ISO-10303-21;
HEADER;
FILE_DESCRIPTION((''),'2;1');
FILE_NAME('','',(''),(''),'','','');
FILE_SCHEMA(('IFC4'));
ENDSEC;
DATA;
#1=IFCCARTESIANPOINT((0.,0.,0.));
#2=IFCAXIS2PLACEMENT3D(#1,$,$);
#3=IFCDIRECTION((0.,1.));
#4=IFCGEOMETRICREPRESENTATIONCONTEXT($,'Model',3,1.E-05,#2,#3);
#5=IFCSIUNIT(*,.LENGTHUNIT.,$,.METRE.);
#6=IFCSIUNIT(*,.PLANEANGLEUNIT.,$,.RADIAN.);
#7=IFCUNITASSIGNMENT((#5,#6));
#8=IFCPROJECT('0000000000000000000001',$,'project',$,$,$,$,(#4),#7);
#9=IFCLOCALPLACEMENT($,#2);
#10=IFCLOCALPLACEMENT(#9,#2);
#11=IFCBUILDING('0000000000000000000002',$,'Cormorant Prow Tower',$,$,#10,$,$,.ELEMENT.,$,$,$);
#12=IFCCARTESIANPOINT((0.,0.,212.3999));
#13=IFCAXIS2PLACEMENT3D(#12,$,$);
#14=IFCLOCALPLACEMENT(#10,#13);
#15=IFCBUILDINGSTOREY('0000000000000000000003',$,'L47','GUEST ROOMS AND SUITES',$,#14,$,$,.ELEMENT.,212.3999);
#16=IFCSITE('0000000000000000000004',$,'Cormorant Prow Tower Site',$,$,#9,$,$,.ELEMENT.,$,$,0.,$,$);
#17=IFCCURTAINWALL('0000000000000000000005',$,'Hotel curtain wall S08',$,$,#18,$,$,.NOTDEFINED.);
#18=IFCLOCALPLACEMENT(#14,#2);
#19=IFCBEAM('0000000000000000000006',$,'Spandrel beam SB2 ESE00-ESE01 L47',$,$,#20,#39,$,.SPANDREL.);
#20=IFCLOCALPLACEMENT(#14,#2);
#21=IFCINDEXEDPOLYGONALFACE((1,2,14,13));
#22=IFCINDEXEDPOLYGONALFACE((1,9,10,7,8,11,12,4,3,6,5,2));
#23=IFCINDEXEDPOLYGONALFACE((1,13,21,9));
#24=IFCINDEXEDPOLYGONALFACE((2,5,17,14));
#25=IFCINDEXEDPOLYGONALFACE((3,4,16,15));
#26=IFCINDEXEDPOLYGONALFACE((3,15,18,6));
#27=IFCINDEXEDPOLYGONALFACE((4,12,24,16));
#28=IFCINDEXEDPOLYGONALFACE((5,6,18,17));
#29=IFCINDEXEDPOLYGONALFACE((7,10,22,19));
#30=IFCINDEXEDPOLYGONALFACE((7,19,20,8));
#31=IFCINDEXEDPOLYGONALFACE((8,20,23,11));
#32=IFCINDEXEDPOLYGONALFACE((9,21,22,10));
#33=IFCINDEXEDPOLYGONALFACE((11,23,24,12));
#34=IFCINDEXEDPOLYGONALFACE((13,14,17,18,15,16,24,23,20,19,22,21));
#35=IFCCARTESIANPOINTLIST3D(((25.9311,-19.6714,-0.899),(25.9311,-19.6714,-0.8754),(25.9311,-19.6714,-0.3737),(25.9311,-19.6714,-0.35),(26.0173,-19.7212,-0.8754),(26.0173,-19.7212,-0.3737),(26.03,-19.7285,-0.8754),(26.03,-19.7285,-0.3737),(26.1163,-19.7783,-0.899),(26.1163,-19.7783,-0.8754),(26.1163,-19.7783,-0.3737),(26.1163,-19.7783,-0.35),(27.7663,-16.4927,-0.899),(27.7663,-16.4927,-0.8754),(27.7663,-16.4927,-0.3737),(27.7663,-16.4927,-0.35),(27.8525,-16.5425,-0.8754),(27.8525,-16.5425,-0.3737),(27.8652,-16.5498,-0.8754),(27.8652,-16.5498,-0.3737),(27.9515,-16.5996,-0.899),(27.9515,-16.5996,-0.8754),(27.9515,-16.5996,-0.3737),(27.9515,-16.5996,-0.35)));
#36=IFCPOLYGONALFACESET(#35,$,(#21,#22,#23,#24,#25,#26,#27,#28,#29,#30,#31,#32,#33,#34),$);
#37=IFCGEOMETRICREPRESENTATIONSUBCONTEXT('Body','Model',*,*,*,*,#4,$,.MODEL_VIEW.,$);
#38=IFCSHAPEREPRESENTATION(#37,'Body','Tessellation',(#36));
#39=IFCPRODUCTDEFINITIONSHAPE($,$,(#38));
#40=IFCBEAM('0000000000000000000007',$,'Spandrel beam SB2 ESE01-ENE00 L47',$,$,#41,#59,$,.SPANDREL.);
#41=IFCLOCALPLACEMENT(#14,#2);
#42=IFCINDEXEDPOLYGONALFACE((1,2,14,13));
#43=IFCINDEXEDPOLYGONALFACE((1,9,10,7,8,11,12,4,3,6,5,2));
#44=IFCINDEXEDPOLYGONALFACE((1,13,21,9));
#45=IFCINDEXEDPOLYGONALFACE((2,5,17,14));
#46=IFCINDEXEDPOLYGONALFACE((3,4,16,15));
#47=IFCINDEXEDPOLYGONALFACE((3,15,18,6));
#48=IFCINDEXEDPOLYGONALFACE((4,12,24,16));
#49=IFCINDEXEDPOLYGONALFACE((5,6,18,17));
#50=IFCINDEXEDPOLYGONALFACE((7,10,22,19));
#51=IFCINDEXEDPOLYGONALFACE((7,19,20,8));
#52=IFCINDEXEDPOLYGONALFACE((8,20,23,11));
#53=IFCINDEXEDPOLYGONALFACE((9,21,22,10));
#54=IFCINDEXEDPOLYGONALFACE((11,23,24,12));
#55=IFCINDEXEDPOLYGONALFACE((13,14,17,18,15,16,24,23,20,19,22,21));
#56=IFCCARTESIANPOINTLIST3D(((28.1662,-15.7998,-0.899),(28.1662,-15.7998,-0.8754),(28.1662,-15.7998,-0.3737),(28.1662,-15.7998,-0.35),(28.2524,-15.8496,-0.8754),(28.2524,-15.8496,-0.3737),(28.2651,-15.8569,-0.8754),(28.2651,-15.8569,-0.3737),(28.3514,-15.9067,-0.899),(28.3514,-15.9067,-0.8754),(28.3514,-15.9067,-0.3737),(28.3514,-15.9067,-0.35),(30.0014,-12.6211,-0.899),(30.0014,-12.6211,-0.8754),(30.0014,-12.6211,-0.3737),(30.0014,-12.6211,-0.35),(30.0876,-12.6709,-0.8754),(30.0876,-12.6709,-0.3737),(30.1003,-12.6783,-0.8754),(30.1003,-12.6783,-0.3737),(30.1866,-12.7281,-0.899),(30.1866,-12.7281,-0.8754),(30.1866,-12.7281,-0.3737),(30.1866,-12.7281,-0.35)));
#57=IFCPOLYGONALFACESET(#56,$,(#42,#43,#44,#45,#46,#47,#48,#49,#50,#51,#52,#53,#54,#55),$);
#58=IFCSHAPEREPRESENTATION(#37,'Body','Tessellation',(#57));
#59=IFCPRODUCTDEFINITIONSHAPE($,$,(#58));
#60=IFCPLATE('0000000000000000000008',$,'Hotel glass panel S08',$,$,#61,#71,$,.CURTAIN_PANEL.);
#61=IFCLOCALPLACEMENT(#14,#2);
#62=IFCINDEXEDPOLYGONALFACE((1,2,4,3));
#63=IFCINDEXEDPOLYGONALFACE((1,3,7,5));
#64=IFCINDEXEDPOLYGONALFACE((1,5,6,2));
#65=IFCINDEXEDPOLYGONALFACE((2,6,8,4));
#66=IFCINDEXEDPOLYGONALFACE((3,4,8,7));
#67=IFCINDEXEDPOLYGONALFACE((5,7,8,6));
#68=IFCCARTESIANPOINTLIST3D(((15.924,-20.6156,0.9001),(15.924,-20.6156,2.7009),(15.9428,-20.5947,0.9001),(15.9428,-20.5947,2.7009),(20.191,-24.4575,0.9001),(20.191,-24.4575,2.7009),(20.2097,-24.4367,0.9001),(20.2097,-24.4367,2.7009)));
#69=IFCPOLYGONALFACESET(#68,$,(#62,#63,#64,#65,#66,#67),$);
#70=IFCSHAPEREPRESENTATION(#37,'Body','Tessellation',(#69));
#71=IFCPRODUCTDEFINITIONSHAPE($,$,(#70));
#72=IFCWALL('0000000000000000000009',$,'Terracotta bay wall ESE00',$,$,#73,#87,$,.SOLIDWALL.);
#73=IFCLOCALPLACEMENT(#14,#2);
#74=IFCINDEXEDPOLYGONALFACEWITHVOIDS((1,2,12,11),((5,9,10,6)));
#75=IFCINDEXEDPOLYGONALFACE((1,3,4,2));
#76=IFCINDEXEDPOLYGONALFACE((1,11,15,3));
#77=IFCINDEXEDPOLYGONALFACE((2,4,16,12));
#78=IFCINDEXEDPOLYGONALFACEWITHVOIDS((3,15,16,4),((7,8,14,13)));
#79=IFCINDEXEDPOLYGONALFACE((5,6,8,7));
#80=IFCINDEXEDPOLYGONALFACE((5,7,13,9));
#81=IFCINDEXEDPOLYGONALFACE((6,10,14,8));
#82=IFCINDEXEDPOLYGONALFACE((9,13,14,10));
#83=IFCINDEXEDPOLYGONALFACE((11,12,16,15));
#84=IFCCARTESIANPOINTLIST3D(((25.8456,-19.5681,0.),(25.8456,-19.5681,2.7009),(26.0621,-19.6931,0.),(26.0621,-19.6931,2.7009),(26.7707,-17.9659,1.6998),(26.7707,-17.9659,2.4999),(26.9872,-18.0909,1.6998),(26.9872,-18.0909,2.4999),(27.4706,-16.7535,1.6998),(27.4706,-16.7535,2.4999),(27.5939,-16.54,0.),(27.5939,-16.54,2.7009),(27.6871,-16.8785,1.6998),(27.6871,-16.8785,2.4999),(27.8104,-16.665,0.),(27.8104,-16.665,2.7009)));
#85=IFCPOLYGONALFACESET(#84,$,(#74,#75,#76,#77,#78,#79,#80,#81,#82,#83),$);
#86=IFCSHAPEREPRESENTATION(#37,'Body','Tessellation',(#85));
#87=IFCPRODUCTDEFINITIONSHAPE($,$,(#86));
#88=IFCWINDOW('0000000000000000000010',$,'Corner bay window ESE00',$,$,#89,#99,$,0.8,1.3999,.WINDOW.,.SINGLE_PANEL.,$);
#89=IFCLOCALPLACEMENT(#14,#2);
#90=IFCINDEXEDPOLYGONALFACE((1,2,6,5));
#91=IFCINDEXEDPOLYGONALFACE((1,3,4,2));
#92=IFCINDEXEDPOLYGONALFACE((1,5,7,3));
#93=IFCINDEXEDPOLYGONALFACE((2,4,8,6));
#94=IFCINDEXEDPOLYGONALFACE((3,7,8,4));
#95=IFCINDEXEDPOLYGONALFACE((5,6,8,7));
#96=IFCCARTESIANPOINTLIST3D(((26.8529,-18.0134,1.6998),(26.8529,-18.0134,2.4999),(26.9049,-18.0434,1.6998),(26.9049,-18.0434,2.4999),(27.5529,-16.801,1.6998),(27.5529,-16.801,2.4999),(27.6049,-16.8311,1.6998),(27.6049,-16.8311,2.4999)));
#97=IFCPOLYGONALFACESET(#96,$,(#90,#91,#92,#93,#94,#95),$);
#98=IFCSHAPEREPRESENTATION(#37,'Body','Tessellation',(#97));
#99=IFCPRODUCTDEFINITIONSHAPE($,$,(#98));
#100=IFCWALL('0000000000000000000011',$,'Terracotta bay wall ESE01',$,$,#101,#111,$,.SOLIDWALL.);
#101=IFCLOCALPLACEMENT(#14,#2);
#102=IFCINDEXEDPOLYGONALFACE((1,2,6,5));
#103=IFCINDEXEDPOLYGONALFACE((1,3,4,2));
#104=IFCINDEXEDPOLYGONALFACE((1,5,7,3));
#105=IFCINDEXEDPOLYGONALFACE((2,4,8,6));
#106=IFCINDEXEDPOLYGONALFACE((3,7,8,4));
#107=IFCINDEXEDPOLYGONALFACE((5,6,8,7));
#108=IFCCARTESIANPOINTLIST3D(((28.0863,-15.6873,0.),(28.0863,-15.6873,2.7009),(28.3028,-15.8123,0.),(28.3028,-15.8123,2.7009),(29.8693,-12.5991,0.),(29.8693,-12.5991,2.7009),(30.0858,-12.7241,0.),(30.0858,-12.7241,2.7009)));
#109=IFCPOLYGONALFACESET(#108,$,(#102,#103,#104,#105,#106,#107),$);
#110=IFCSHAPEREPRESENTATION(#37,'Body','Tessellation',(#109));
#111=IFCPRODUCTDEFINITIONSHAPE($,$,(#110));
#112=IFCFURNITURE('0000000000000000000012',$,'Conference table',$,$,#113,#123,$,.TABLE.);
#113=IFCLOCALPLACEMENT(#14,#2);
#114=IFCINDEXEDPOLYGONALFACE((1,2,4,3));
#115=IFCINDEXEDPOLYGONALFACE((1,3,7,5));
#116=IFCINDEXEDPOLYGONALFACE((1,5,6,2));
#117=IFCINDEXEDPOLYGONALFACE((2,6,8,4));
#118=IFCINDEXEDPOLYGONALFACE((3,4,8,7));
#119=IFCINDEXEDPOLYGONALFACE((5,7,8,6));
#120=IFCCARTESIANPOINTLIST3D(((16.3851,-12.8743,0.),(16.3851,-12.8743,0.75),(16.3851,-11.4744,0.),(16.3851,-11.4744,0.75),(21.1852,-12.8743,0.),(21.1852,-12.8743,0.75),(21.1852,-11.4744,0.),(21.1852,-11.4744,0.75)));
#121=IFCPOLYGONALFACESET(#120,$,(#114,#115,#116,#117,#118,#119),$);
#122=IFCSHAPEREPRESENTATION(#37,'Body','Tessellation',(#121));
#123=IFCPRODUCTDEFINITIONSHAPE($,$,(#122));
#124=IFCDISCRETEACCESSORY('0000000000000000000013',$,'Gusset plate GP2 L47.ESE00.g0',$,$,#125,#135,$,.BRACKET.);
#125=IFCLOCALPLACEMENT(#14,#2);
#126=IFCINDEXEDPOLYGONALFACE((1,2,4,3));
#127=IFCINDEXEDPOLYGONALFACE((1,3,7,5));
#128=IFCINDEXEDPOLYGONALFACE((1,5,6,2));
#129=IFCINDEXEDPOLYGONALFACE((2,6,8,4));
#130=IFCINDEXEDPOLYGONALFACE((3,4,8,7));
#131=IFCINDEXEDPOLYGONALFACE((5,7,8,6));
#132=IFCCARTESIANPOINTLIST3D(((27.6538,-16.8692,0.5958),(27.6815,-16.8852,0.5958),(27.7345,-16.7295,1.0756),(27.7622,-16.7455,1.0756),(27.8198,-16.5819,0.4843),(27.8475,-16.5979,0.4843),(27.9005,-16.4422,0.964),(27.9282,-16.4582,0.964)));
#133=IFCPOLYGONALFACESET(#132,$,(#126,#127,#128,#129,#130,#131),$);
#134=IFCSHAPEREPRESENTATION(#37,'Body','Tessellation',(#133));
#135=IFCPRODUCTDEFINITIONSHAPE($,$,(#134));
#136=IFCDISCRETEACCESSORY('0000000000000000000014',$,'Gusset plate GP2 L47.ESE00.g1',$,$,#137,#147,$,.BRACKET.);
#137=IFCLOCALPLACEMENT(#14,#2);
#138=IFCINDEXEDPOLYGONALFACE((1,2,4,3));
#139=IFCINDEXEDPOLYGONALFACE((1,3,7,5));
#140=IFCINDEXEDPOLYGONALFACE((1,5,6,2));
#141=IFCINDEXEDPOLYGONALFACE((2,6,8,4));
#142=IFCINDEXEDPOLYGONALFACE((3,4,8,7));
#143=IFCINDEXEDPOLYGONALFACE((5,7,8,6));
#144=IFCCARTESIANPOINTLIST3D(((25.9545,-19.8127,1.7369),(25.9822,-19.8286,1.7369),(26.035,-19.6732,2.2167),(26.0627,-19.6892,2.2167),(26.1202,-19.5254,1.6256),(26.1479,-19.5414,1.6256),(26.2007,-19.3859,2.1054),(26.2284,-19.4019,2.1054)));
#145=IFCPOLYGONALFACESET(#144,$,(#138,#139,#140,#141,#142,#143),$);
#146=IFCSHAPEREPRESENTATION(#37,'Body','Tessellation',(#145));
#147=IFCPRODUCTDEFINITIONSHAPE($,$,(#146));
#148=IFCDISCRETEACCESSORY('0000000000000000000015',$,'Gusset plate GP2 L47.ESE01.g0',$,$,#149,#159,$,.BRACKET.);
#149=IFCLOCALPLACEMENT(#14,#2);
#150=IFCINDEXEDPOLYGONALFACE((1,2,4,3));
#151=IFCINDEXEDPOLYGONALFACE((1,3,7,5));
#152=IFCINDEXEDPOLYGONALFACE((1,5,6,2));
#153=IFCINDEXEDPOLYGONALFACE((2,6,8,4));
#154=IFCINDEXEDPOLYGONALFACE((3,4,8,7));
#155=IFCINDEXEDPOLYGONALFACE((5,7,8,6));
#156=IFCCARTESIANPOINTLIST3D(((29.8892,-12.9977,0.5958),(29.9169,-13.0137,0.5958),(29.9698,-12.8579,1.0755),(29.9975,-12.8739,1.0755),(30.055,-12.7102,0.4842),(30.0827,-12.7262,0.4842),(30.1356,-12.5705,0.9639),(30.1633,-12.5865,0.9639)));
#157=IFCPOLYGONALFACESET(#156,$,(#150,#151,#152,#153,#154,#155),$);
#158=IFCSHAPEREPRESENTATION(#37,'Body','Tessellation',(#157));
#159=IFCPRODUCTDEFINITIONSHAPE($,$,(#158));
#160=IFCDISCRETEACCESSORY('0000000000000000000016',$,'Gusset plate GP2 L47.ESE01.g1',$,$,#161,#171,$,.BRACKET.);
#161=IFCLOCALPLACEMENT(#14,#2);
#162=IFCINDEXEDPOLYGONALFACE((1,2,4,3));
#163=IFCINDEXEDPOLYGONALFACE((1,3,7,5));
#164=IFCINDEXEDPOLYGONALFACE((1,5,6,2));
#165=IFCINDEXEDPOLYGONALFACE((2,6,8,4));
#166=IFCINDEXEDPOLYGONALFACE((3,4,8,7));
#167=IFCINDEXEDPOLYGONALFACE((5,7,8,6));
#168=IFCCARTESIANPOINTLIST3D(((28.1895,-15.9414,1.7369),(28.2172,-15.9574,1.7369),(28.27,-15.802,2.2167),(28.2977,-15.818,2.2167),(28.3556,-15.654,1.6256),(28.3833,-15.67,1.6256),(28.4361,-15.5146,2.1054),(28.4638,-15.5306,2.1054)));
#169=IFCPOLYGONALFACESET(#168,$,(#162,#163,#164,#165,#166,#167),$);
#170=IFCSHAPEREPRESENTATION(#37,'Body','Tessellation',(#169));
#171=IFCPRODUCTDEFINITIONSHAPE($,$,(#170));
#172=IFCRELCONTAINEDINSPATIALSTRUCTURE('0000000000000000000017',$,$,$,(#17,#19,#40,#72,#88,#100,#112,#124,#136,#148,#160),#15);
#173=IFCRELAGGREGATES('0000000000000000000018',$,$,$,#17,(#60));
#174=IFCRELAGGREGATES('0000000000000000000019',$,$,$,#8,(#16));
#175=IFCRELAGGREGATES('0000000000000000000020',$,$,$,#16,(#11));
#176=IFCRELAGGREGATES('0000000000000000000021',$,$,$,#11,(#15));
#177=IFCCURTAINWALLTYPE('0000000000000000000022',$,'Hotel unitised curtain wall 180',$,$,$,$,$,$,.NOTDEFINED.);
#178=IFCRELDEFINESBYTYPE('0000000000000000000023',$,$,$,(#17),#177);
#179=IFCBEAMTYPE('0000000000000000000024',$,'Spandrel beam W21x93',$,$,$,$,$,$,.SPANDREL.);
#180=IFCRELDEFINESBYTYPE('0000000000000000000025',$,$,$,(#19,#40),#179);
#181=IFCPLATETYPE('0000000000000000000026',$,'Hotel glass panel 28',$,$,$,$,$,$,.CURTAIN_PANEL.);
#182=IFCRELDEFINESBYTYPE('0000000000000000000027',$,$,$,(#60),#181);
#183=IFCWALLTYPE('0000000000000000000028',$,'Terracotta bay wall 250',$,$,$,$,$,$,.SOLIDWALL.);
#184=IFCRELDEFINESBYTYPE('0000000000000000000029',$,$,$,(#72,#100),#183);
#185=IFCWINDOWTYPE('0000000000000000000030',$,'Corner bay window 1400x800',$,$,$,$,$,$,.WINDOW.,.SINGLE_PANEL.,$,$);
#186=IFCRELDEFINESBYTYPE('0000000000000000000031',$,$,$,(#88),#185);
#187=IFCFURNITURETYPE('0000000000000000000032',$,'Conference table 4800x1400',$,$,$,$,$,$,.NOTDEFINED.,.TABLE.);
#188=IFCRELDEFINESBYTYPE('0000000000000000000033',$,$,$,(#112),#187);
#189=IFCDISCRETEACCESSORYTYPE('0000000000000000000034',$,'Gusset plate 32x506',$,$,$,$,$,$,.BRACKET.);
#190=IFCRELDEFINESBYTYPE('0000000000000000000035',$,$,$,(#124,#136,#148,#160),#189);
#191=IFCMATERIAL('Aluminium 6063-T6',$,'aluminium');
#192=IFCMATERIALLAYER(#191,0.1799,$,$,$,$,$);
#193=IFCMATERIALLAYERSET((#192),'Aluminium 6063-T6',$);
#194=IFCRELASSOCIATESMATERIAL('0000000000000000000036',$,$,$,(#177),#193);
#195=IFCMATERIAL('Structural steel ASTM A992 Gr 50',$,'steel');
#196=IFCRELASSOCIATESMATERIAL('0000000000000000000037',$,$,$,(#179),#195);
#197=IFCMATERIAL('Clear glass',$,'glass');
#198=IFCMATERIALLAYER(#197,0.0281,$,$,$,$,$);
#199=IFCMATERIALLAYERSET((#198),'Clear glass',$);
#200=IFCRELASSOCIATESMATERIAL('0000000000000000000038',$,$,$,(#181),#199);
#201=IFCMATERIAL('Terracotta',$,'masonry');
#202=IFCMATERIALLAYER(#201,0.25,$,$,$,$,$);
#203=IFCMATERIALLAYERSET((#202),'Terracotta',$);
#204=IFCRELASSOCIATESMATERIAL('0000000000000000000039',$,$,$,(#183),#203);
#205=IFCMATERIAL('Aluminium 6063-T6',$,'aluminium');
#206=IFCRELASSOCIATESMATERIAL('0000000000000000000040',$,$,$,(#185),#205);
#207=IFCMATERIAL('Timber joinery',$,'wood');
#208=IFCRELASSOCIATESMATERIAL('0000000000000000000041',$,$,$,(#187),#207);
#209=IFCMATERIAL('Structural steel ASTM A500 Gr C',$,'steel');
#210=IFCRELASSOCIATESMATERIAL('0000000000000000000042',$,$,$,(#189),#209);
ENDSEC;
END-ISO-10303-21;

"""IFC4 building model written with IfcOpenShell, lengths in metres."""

from ifc_helpers import new_model, si_unit, direction, frame, frame_2d, origin, origin_2d, place, context, subcontext, project, spatial, rectangle, i_section, extrude, material, layer, layer_set, material_profile, profile_set, type_object, element, fill, aggregate, save


model = new_model("IFC4")

# Units and contexts
model_context = context("Model", 3, precision=1e-05, world=origin(), true_north=direction((0.0, 1.0)))
body_context = subcontext(model_context, "Body", "Model", "MODEL_VIEW")
ifc_project = project(units=[si_unit("LENGTHUNIT", "METRE"), si_unit("PLANEANGLEUNIT", "RADIAN")], contexts=[model_context])

# Site, building, storey
site_placement = place(None, origin())
site = spatial("IfcSite", under=ifc_project, at=site_placement, Name="Cormorant Prow Tower Site", CompositionType="ELEMENT", RefElevation=0.0)
building_placement = place(site_placement, origin())
building = spatial("IfcBuilding", under=site, at=building_placement, Name="Cormorant Prow Tower", CompositionType="ELEMENT")
storey_placement = place(building_placement, frame((0.0, 0.0, 212.3999)))
storey = spatial("IfcBuildingStorey", under=building, at=storey_placement, Name="L47", Description="GUEST ROOMS AND SUITES", CompositionType="ELEMENT", Elevation=212.3999)

# Curtain wall
ifc_material_1 = material(Name="Aluminium 6063-T6", Category="aluminium")
ifc_layer_1 = layer(ifc_material_1, 0.1799)
ifc_layer_set_1 = layer_set([ifc_layer_1], Name="Aluminium 6063-T6")
curtain_wall_type = type_object("IfcCurtainWallType", Name="Hotel unitised curtain wall 180", PredefinedType="NOTDEFINED", material=ifc_layer_set_1)
curtain_wall_placement = place(storey_placement, origin())
curtain_wall = element("IfcCurtainWall", 1, at=curtain_wall_placement, inside=storey, type_object=curtain_wall_type, Name="Hotel curtain wall S08", PredefinedType="NOTDEFINED")

# Beams
ifc_material_2 = material(Name="Structural steel ASTM A992 Gr 50", Category="steel")
ifc_material_profile_1 = material_profile(ifc_material_2, i_section(OverallWidth=0.2139, OverallDepth=0.5491, WebThickness=0.0146, FlangeThickness=0.0237, at=origin_2d()), Name="W21x93")
ifc_profile_set_1 = profile_set([ifc_material_profile_1], Name="Structural steel ASTM A992 Gr 50")
beam_type = type_object("IfcBeamType", Name="Spandrel beam W21x93", PredefinedType="SPANDREL", material=ifc_profile_set_1)
for number, where, z_axis, x_axis, name in (
    (2, (26.0237, -19.7249, -0.6245), (0.499995, 0.866028, 0.0), (-0.866028, 0.499995, 0.0), "Spandrel beam SB2 ESE00-ESE01 L47"),
    (3, (28.2588, -15.8533, -0.6245), (0.499995, 0.866028, 0.0), (-0.866028, 0.499995, 0.0), "Spandrel beam SB2 ESE01-ENE00 L47"),
):
    element("IfcBeam", number, at=place(storey_placement, frame(where, z_axis=z_axis, x_axis=x_axis)), inside=storey, type_object=beam_type, Name=name, PredefinedType="SPANDREL", context=body_context, shape_type="SweptSolid", body=[
        extrude(i_section(OverallWidth=0.2139, OverallDepth=0.5491, WebThickness=0.0146, FlangeThickness=0.0237, at=origin_2d()), origin(), (0.0, 0.0, 1.0), 3.6704),
    ])

# Plate
ifc_material_3 = material(Name="Clear glass", Category="glass")
ifc_layer_2 = layer(ifc_material_3, 0.0281)
ifc_layer_set_2 = layer_set([ifc_layer_2], Name="Clear glass")
plate_type = type_object("IfcPlateType", Name="Hotel glass panel 28", PredefinedType="CURTAIN_PANEL", material=ifc_layer_set_2)
plate_placement = place(storey_placement, frame((18.0669, -22.5261, 0.9001), z_axis=(0.0, 0.0, 1.0), x_axis=(0.743145, -0.669131, 0.0)))
plate = element("IfcPlate", 4, at=plate_placement, type_object=plate_type, Name="Hotel glass panel S08", PredefinedType="CURTAIN_PANEL", context=body_context, shape_type="SweptSolid", body=[
    extrude(rectangle(XDim=5.7417, YDim=0.0281, at=origin_2d()), origin(), (0.0, 0.0, 1.0), 1.8008),
])
aggregate(curtain_wall, [plate])

# Wall, opening, window
ifc_material_4 = material(Name="Terracotta", Category="masonry")
ifc_layer_3 = layer(ifc_material_4, 0.25)
ifc_layer_set_3 = layer_set([ifc_layer_3], Name="Terracotta")
wall_type_1 = type_object("IfcWallType", Name="Terracotta bay wall 250", PredefinedType="SOLIDWALL", material=ifc_layer_set_3)
wall_1_placement = place(storey_placement, frame((25.9539, -19.6306, 0.0), z_axis=(0.0, 0.0, 1.0), x_axis=(0.500007, 0.866022, 0.0)))
wall_1 = element("IfcWall", 5, at=wall_1_placement, inside=storey, type_object=wall_type_1, Name="Terracotta bay wall ESE00", PredefinedType="SOLIDWALL", context=body_context, shape_type="SweptSolid", body=[
    extrude(rectangle(XDim=3.4966, YDim=0.25, at=frame_2d((1.7483, 0.0))), origin(), (0.0, 0.0, 1.0), 2.7009),
])
opening_1_placement = place(wall_1_placement, frame((1.8501, 0.0, 1.7)))
opening_1 = element("IfcOpeningElement", 6, at=opening_1_placement, cuts=wall_1, PredefinedType="OPENING", context=body_context, shape_type="SweptSolid", body=[
    extrude(rectangle(XDim=1.3999, YDim=0.8, at=frame_2d((0.7, 0.3999))), frame((0.0, 0.135, 0.0), z_axis=(0.0, -1.0, 0.0), x_axis=(1.0, 0.0, 0.0)), (0.0, 0.0, 1.0), 0.27),
])
ifc_material_5 = material(Name="Aluminium 6063-T6", Category="aluminium")
window_type = type_object("IfcWindowType", Name="Corner bay window 1400x800", PartitioningType="SINGLE_PANEL", PredefinedType="WINDOW", material=ifc_material_5)
window_placement = place(opening_1_placement, origin())
window = element("IfcWindow", 7, at=window_placement, inside=storey, type_object=window_type, Name="Corner bay window ESE00", OverallHeight=0.8, OverallWidth=1.3999, PartitioningType="SINGLE_PANEL", PredefinedType="WINDOW", context=body_context, shape_type="SweptSolid", body=[
    extrude(rectangle(XDim=1.3999, YDim=0.8, at=frame_2d((0.7, 0.3999))), frame((0.0, 0.03, 0.0), z_axis=(0.0, -1.0, 0.0), x_axis=(1.0, 0.0, 0.0)), (0.0, 0.0, 1.0), 0.0601),
])
fill(opening_1, window)

# Wall
wall_2_placement = place(storey_placement, frame((28.1946, -15.7498, 0.0), z_axis=(0.0, 0.0, 1.0), x_axis=(0.500005, 0.866023, 0.0)))
element("IfcWall", 8, at=wall_2_placement, inside=storey, type_object=wall_type_1, Name="Terracotta bay wall ESE01", PredefinedType="SOLIDWALL", context=body_context, shape_type="SweptSolid", body=[
    extrude(rectangle(XDim=3.5659, YDim=0.25, at=frame_2d((1.783, 0.0))), origin(), (0.0, 0.0, 1.0), 2.7009),
])

# Furniture
ifc_material_6 = material(Name="Timber joinery", Category="wood")
furniture_type = type_object("IfcFurnitureType", Name="Conference table 4800x1400", AssemblyPlace="NOTDEFINED", PredefinedType="TABLE", material=ifc_material_6)
furniture_placement = place(storey_placement, frame((18.7852, -12.1743, 0.0), z_axis=(0.0, 0.0, 1.0), x_axis=(1.0, 0.0, 0.0)))
element("IfcFurniture", 9, at=furniture_placement, inside=storey, type_object=furniture_type, Name="Conference table", PredefinedType="TABLE", context=body_context, shape_type="SweptSolid", body=[
    extrude(rectangle(XDim=4.8, YDim=1.3999, at=origin_2d()), origin(), (0.0, 0.0, 1.0), 0.75),
])

# Discrete accessories
ifc_material_7 = material(Name="Structural steel ASTM A500 Gr C", Category="steel")
ifc_material_profile_2 = material_profile(ifc_material_7, rectangle(XDim=0.032, YDim=0.5061, at=origin_2d()), Name="Gusset plate 32x506")
ifc_profile_set_2 = profile_set([ifc_material_profile_2], Name="Structural steel ASTM A500 Gr C")
discrete_accessory_type = type_object("IfcDiscreteAccessoryType", Name="Gusset plate 32x506", PredefinedType="BRACKET", material=ifc_profile_set_2)
discrete_accessory_1_placement = place(storey_placement, frame((27.708, -16.8074, 0.8357), z_axis=(0.474172, 0.820737, -0.318672), x_axis=(-0.865879, 0.500253, 0.0)))
element("IfcDiscreteAccessory", 10, at=discrete_accessory_1_placement, inside=storey, type_object=discrete_accessory_type, Name="Gusset plate GP2 L47.ESE00.g0", PredefinedType="BRACKET", context=body_context, shape_type="SweptSolid", body=[
    extrude(rectangle(XDim=0.032, YDim=0.5061, at=origin_2d()), origin(), (0.0, 0.0, 1.0), 0.3501),
])
discrete_accessory_2_placement = place(storey_placement, frame((26.1743, -19.4636, 1.8655), z_axis=(-0.473737, -0.82119, 0.31815), x_axis=(0.866198, -0.499701, 0.0)))
element("IfcDiscreteAccessory", 11, at=discrete_accessory_2_placement, inside=storey, type_object=discrete_accessory_type, Name="Gusset plate GP2 L47.ESE00.g1", PredefinedType="BRACKET", context=body_context, shape_type="SweptSolid", body=[
    extrude(rectangle(XDim=0.032, YDim=0.5061, at=origin_2d()), origin(), (0.0, 0.0, 1.0), 0.3499),
])
for number, where, z_axis, x_axis, name in (
    (12, (29.9434, -12.9358, 0.8357), (0.473632, 0.821008, -0.318777), (-0.866198, 0.499701, 0.0), "Gusset plate GP2 L47.ESE01.g0"),
    (13, (28.4097, -15.5923, 1.8655), (-0.474278, -0.820919, 0.318045), (0.865879, -0.500253, 0.0), "Gusset plate GP2 L47.ESE01.g1"),
):
    element("IfcDiscreteAccessory", number, at=place(storey_placement, frame(where, z_axis=z_axis, x_axis=x_axis)), inside=storey, type_object=discrete_accessory_type, Name=name, PredefinedType="BRACKET", context=body_context, shape_type="SweptSolid", body=[
        extrude(rectangle(XDim=0.032, YDim=0.5061, at=origin_2d()), origin(), (0.0, 0.0, 1.0), 0.3501),
    ])

save(model, "model.ifc")
